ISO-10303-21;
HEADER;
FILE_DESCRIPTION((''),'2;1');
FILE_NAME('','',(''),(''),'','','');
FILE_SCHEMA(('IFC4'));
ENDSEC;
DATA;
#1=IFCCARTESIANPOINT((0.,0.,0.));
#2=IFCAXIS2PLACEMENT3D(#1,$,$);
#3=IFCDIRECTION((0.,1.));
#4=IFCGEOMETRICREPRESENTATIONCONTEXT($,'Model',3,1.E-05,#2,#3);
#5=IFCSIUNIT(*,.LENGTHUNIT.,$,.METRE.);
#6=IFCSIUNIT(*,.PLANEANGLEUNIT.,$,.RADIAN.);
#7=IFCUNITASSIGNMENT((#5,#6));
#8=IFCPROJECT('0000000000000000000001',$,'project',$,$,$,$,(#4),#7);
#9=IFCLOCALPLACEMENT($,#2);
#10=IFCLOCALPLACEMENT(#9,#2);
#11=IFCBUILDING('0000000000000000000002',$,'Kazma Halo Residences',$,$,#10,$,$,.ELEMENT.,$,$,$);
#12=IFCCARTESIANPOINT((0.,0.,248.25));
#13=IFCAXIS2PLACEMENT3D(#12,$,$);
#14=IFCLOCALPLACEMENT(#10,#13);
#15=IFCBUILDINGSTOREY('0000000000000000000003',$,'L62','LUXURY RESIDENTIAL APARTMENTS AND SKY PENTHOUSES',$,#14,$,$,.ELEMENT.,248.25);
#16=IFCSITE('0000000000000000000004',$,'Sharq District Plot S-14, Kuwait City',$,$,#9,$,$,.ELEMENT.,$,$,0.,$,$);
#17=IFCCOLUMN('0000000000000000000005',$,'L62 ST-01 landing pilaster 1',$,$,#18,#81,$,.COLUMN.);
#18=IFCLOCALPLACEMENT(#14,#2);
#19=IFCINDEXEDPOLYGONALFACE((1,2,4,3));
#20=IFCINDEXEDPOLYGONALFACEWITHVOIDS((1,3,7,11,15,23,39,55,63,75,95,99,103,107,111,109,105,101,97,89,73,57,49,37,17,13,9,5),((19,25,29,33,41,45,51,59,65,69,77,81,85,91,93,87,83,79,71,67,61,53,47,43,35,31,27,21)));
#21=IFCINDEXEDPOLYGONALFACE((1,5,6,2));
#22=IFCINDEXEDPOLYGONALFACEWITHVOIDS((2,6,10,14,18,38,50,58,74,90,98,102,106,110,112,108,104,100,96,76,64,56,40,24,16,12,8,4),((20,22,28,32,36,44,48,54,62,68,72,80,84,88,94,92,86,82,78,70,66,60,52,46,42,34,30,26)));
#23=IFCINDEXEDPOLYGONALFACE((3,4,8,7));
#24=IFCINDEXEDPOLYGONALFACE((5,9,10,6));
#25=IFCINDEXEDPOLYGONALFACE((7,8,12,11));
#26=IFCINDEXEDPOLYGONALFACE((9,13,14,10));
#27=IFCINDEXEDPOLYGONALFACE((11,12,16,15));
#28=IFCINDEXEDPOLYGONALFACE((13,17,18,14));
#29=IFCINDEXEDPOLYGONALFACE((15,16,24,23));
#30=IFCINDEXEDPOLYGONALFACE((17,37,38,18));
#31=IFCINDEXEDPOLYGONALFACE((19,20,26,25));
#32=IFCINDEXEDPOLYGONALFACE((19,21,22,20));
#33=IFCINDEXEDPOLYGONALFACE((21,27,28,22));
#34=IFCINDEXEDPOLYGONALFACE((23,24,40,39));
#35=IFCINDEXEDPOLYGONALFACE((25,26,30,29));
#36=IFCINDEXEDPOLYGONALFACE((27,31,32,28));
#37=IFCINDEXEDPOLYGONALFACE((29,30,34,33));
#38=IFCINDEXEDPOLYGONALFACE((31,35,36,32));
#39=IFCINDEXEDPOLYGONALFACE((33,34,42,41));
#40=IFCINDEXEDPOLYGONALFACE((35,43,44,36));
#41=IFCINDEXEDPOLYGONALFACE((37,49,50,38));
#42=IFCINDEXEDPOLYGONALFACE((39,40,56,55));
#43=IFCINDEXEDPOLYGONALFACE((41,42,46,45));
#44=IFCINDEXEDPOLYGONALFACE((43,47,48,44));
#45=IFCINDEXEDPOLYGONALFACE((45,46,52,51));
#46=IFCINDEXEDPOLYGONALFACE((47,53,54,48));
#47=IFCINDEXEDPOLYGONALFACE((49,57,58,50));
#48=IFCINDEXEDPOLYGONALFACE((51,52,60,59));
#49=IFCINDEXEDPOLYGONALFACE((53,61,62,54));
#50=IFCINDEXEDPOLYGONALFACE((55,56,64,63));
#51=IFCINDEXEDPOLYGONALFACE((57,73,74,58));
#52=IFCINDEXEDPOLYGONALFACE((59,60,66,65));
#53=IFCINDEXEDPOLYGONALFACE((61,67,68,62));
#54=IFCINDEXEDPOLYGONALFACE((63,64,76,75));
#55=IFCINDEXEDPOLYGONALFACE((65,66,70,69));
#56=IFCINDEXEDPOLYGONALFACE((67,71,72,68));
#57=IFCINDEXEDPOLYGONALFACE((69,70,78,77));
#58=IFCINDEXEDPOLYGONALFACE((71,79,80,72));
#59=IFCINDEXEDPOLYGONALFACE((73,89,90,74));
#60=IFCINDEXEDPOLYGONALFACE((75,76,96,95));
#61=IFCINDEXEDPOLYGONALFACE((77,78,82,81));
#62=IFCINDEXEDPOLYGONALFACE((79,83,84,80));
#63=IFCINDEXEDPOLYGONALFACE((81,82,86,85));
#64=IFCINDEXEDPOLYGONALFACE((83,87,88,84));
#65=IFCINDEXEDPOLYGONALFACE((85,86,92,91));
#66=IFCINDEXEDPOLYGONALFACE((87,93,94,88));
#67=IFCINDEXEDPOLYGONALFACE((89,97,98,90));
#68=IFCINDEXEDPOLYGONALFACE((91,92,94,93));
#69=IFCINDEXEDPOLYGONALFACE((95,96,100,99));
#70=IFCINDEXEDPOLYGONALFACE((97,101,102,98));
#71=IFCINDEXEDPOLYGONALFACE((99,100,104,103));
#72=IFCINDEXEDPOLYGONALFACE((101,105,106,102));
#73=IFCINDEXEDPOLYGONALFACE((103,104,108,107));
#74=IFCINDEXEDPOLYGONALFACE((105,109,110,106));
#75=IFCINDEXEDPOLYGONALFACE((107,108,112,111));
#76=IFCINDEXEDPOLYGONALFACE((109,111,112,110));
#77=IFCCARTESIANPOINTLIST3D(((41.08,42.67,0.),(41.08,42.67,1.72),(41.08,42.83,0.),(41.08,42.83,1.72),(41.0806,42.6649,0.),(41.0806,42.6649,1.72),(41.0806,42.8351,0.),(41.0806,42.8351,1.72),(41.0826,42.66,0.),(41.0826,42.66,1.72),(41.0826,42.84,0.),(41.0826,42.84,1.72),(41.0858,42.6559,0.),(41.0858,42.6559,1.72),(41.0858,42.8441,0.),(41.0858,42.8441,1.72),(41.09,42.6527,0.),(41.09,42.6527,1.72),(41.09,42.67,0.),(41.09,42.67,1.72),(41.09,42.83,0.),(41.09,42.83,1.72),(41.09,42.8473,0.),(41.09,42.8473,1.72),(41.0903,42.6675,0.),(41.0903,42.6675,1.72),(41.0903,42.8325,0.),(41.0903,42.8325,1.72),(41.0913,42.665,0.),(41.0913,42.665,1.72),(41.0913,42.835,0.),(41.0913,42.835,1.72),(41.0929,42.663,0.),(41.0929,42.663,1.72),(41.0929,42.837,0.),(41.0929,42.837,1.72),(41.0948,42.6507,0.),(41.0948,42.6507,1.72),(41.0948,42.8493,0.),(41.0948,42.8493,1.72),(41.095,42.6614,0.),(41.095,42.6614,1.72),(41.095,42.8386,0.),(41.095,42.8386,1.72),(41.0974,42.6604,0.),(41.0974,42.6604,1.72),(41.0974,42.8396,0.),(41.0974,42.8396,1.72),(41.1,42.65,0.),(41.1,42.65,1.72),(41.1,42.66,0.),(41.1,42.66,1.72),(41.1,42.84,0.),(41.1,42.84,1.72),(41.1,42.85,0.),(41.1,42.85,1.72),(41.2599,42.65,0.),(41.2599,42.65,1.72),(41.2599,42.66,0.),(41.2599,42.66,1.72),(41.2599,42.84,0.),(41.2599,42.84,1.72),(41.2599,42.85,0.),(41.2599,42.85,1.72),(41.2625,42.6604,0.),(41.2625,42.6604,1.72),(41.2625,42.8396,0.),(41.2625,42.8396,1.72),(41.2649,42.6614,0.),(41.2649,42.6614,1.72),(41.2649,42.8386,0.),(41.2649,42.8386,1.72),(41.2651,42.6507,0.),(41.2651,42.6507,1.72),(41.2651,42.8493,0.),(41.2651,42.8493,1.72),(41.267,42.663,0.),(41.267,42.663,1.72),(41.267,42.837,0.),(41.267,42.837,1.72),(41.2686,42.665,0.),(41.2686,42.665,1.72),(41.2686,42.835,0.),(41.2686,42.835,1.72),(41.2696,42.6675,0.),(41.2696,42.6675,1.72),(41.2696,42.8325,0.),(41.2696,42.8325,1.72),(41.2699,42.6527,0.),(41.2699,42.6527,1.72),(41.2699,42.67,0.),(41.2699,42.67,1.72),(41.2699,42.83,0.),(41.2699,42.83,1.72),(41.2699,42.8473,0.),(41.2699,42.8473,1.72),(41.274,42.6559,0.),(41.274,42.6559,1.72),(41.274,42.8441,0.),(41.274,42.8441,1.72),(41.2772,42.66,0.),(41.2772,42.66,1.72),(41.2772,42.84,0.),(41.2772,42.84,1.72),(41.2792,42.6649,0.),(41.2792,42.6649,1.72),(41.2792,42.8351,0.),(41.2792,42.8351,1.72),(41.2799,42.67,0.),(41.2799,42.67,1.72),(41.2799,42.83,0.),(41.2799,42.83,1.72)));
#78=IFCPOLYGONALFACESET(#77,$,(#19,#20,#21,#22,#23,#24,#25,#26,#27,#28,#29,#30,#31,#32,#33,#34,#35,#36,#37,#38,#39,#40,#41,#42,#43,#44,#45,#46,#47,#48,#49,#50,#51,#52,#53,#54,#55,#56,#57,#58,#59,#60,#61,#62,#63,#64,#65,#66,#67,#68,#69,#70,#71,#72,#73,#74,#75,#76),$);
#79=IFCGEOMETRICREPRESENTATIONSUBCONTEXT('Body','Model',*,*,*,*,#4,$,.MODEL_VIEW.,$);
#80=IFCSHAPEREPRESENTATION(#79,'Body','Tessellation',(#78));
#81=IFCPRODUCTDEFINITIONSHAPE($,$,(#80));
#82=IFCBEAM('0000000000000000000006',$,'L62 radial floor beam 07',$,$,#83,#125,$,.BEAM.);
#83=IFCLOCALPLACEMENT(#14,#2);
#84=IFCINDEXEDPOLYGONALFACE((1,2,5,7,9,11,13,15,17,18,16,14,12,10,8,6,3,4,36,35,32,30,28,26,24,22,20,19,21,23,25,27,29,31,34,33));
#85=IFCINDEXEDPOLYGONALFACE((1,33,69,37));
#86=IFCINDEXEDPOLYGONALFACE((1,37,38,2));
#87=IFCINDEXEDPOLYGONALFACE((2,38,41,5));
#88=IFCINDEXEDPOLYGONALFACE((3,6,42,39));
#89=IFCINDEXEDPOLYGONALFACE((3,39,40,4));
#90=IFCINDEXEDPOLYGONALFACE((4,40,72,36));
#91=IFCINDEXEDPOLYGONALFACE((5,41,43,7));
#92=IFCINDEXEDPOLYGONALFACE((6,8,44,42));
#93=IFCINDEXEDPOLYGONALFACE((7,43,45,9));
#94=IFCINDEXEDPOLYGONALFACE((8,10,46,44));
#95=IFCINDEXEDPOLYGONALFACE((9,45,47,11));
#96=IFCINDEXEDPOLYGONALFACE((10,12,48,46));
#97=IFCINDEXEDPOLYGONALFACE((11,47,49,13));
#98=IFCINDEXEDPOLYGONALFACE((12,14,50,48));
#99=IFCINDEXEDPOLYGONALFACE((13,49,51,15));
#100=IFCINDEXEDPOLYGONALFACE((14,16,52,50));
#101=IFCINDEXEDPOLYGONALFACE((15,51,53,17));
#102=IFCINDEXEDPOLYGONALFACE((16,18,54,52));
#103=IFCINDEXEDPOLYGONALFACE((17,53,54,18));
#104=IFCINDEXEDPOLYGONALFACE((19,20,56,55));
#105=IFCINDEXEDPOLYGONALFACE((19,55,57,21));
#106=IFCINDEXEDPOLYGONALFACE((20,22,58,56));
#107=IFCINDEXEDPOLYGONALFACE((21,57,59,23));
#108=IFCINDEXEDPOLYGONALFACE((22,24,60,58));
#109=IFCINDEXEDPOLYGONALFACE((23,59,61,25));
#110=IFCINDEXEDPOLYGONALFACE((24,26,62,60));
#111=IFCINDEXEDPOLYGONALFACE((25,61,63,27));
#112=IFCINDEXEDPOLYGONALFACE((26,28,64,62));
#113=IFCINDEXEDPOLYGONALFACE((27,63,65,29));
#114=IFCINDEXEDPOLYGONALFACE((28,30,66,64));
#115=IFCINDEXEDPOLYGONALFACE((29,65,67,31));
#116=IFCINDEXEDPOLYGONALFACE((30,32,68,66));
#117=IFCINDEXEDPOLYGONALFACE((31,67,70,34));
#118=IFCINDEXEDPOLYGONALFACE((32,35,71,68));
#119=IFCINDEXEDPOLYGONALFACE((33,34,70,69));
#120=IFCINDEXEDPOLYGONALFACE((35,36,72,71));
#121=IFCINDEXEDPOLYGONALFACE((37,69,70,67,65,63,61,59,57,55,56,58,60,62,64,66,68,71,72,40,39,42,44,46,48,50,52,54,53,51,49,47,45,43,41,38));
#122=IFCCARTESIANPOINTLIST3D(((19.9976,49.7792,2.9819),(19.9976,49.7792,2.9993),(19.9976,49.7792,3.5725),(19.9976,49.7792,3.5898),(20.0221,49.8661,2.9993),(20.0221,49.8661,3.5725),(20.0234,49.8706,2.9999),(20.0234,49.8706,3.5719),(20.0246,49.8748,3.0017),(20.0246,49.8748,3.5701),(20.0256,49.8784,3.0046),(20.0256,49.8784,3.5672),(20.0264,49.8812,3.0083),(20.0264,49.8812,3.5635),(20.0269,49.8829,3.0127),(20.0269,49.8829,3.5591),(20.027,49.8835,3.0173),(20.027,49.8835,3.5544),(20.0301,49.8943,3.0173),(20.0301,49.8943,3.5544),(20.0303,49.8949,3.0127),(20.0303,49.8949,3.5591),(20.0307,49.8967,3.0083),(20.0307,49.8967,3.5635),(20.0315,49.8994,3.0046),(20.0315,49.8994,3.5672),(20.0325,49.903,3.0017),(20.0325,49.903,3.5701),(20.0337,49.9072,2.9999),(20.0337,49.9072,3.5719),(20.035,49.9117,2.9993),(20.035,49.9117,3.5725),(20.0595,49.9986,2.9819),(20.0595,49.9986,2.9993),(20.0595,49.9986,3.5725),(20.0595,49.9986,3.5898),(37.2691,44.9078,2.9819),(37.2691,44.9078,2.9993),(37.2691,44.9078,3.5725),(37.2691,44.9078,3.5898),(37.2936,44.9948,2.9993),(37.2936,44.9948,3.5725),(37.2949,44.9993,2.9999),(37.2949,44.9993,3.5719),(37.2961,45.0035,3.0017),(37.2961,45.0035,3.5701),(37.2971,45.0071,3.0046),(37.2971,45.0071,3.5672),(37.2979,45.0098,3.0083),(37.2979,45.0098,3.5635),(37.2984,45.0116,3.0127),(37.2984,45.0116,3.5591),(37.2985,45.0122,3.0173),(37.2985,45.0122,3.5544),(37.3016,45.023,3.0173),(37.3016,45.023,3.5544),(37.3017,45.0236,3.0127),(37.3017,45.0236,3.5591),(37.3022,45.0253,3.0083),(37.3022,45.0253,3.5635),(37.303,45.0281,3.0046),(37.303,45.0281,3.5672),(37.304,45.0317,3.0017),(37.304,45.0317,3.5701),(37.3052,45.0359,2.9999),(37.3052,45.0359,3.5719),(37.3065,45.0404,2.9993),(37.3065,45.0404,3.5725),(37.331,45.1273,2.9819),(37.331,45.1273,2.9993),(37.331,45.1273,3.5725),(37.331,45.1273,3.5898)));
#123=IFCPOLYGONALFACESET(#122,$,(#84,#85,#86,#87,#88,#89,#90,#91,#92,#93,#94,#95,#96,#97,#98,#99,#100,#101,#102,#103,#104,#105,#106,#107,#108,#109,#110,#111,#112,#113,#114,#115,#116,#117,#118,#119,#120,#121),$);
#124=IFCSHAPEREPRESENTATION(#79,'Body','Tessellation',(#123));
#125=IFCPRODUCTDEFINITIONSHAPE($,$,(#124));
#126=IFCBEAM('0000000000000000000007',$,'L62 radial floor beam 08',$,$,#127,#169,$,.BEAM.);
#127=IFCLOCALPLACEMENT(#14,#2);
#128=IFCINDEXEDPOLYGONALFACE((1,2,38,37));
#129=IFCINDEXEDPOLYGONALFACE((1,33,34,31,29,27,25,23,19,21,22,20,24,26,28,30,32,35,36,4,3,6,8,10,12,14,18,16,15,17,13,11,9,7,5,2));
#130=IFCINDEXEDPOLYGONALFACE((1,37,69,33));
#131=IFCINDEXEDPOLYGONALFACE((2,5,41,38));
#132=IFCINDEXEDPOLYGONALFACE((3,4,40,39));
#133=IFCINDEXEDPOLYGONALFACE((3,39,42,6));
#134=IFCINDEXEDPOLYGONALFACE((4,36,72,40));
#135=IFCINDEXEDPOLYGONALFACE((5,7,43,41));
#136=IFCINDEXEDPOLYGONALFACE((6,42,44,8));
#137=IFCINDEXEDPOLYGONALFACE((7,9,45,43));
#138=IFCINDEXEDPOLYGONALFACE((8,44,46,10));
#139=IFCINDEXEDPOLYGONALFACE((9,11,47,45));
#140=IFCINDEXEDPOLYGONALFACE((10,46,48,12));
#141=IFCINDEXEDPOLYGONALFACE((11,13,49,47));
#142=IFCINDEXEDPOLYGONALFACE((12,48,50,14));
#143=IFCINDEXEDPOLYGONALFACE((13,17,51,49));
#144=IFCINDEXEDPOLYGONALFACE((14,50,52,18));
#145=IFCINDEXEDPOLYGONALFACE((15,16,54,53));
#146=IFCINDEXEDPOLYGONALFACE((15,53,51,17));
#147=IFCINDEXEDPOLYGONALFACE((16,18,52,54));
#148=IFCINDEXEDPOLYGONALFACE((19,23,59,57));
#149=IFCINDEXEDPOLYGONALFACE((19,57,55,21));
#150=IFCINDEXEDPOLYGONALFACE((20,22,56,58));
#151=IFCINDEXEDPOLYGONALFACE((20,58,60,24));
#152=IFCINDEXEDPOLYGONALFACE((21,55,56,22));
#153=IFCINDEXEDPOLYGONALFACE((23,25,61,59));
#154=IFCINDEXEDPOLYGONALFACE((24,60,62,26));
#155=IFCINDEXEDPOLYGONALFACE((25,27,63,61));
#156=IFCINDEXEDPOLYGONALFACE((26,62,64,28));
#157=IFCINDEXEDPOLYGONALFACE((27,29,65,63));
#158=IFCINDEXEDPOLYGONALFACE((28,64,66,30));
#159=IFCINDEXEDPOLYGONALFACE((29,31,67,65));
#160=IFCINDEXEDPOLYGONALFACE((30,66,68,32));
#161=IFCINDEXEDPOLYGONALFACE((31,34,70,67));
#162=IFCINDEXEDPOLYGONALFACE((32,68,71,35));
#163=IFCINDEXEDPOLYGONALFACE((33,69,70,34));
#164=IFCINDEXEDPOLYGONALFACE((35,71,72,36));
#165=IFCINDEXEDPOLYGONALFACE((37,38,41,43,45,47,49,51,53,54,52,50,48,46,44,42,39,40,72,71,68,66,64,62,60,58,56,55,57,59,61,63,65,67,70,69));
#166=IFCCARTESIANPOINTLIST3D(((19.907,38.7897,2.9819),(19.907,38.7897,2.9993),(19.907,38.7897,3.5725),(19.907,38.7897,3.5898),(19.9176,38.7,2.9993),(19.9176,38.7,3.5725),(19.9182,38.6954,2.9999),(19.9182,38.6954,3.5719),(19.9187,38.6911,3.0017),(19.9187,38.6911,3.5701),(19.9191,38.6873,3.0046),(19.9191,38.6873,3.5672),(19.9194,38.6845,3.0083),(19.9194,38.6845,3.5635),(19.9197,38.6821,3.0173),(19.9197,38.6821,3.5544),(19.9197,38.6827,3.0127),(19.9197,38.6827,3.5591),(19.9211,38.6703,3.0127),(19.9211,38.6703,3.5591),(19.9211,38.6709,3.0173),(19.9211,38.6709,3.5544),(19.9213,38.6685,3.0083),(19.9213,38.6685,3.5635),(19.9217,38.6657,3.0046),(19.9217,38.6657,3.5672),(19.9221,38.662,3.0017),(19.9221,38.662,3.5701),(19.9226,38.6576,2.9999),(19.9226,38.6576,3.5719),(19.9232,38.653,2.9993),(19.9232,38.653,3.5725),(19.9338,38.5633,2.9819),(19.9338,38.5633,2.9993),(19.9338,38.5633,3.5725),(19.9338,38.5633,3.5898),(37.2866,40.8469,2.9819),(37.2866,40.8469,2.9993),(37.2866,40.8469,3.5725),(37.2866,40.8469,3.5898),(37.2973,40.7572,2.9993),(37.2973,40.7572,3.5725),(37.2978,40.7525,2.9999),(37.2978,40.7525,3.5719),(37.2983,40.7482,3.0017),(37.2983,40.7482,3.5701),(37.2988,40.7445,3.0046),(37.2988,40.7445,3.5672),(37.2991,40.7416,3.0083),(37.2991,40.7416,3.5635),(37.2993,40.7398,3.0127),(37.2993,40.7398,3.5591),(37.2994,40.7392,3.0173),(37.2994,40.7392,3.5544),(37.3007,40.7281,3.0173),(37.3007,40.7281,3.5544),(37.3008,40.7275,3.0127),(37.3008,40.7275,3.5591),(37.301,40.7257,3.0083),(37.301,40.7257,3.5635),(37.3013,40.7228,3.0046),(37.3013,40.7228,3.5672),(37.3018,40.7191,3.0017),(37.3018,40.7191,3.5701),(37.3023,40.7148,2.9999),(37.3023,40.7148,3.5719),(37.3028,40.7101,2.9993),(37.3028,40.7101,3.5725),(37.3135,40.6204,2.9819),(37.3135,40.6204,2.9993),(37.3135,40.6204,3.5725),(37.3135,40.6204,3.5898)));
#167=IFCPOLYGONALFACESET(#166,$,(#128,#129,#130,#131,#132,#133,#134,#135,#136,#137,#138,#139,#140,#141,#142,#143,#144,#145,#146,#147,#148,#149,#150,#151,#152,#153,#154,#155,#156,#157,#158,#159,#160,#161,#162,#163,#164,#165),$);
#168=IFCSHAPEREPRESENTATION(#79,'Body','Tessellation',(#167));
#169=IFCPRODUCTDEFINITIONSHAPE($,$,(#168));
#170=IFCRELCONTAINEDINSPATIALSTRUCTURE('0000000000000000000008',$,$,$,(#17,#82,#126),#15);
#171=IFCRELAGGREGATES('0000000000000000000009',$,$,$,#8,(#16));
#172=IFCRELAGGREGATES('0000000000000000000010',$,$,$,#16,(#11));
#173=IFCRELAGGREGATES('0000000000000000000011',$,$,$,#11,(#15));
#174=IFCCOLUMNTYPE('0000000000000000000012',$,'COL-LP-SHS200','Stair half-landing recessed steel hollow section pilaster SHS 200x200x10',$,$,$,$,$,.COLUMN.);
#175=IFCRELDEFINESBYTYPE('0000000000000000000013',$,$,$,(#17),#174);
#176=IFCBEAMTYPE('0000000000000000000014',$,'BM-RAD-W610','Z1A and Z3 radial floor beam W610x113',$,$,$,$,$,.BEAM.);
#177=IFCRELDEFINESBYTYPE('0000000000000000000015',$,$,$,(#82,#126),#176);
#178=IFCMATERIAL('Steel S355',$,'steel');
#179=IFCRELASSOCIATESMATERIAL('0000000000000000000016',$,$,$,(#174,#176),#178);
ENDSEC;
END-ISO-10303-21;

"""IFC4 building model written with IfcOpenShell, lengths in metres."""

from ifc_helpers import new_model, si_unit, direction, frame, origin, origin_2d, place, context, subcontext, project, spatial, hollow_rectangle, i_section, extrude, material, material_profile, profile_set, type_object, element, save


model = new_model("IFC4")

# Units and contexts
model_context = context("Model", 3, precision=1e-05, world=origin(), true_north=direction((0.0, 1.0)))
body_context = subcontext(model_context, "Body", "Model", "MODEL_VIEW")
ifc_project = project(units=[si_unit("LENGTHUNIT", "METRE"), si_unit("PLANEANGLEUNIT", "RADIAN")], contexts=[model_context])

# Site, building, storey
site_placement = place(None, origin())
site = spatial("IfcSite", under=ifc_project, at=site_placement, Name="Sharq District Plot S-14, Kuwait City", CompositionType="ELEMENT", RefElevation=0.0)
building_placement = place(site_placement, origin())
building = spatial("IfcBuilding", under=site, at=building_placement, Name="Kazma Halo Residences", CompositionType="ELEMENT")
storey_placement = place(building_placement, frame((0.0, 0.0, 248.25)))
storey = spatial("IfcBuildingStorey", under=building, at=storey_placement, Name="L62", Description="LUXURY RESIDENTIAL APARTMENTS AND SKY PENTHOUSES", CompositionType="ELEMENT", Elevation=248.25)

# Column
ifc_material_1 = material(Name="Steel S355", Category="steel")
ifc_material_profile_1 = material_profile(ifc_material_1, hollow_rectangle(XDim=0.2, YDim=0.2, WallThickness=0.01, InnerFilletRadius=0.01, OuterFilletRadius=0.02, at=origin_2d()), Name="SHS200x200x10")
ifc_profile_set_1 = profile_set([ifc_material_profile_1], Name="Steel S355")
column_type = type_object("IfcColumnType", Name="COL-LP-SHS200", Description="Stair half-landing recessed steel hollow section pilaster SHS 200x200x10", PredefinedType="COLUMN", material=ifc_profile_set_1)
column_placement = place(storey_placement, frame((41.1799, 42.75, 0.0), z_axis=(0.0, 0.0, 1.0), x_axis=(1.0, 0.0, 0.0)))
element("IfcColumn", 1, at=column_placement, inside=storey, type_object=column_type, Name="L62 ST-01 landing pilaster 1", PredefinedType="COLUMN", context=body_context, shape_type="SweptSolid", body=[
    extrude(hollow_rectangle(XDim=0.2, YDim=0.2, WallThickness=0.01, InnerFilletRadius=0.01, OuterFilletRadius=0.02, at=origin_2d()), origin(), (0.0, 0.0, 1.0), 1.72),
])

# Beams
ifc_material_profile_2 = material_profile(ifc_material_1, i_section(OverallWidth=0.228, OverallDepth=0.6079, WebThickness=0.0112, FlangeThickness=0.0173, FilletRadius=0.0181, at=origin_2d()), Name="W610x113")
ifc_profile_set_2 = profile_set([ifc_material_profile_2], Name="Steel S355")
beam_type_1 = type_object("IfcBeamType", Name="BM-RAD-W610", Description="Z1A and Z3 radial floor beam W610x113", PredefinedType="BEAM", material=ifc_profile_set_2)
beam_1_placement = place(storey_placement, frame((37.3, 45.0176, 3.2859), z_axis=(-0.962451, 0.271455, 0.0), x_axis=(-0.271455, -0.962451, 0.0)))
element("IfcBeam", 2, at=beam_1_placement, inside=storey, type_object=beam_type_1, Name="L62 radial floor beam 07", PredefinedType="BEAM", context=body_context, shape_type="SweptSolid", body=[
    extrude(i_section(OverallWidth=0.228, OverallDepth=0.6079, WebThickness=0.0112, FlangeThickness=0.0173, FilletRadius=0.0181, at=origin_2d()), origin(), (0.0, 0.0, 1.0), 17.9453),
])
beam_2_placement = place(storey_placement, frame((37.3, 40.7336, 3.2859), z_axis=(-0.993068, -0.117544, 0.0), x_axis=(0.117544, -0.993068, 0.0)))
element("IfcBeam", 3, at=beam_2_placement, inside=storey, type_object=beam_type_1, Name="L62 radial floor beam 08", PredefinedType="BEAM", context=body_context, shape_type="SweptSolid", body=[
    extrude(i_section(OverallWidth=0.228, OverallDepth=0.6079, WebThickness=0.0112, FlangeThickness=0.0173, FilletRadius=0.0181, at=origin_2d()), origin(), (0.0, 0.0, 1.0), 17.501),
])

save(model, "model.ifc")
